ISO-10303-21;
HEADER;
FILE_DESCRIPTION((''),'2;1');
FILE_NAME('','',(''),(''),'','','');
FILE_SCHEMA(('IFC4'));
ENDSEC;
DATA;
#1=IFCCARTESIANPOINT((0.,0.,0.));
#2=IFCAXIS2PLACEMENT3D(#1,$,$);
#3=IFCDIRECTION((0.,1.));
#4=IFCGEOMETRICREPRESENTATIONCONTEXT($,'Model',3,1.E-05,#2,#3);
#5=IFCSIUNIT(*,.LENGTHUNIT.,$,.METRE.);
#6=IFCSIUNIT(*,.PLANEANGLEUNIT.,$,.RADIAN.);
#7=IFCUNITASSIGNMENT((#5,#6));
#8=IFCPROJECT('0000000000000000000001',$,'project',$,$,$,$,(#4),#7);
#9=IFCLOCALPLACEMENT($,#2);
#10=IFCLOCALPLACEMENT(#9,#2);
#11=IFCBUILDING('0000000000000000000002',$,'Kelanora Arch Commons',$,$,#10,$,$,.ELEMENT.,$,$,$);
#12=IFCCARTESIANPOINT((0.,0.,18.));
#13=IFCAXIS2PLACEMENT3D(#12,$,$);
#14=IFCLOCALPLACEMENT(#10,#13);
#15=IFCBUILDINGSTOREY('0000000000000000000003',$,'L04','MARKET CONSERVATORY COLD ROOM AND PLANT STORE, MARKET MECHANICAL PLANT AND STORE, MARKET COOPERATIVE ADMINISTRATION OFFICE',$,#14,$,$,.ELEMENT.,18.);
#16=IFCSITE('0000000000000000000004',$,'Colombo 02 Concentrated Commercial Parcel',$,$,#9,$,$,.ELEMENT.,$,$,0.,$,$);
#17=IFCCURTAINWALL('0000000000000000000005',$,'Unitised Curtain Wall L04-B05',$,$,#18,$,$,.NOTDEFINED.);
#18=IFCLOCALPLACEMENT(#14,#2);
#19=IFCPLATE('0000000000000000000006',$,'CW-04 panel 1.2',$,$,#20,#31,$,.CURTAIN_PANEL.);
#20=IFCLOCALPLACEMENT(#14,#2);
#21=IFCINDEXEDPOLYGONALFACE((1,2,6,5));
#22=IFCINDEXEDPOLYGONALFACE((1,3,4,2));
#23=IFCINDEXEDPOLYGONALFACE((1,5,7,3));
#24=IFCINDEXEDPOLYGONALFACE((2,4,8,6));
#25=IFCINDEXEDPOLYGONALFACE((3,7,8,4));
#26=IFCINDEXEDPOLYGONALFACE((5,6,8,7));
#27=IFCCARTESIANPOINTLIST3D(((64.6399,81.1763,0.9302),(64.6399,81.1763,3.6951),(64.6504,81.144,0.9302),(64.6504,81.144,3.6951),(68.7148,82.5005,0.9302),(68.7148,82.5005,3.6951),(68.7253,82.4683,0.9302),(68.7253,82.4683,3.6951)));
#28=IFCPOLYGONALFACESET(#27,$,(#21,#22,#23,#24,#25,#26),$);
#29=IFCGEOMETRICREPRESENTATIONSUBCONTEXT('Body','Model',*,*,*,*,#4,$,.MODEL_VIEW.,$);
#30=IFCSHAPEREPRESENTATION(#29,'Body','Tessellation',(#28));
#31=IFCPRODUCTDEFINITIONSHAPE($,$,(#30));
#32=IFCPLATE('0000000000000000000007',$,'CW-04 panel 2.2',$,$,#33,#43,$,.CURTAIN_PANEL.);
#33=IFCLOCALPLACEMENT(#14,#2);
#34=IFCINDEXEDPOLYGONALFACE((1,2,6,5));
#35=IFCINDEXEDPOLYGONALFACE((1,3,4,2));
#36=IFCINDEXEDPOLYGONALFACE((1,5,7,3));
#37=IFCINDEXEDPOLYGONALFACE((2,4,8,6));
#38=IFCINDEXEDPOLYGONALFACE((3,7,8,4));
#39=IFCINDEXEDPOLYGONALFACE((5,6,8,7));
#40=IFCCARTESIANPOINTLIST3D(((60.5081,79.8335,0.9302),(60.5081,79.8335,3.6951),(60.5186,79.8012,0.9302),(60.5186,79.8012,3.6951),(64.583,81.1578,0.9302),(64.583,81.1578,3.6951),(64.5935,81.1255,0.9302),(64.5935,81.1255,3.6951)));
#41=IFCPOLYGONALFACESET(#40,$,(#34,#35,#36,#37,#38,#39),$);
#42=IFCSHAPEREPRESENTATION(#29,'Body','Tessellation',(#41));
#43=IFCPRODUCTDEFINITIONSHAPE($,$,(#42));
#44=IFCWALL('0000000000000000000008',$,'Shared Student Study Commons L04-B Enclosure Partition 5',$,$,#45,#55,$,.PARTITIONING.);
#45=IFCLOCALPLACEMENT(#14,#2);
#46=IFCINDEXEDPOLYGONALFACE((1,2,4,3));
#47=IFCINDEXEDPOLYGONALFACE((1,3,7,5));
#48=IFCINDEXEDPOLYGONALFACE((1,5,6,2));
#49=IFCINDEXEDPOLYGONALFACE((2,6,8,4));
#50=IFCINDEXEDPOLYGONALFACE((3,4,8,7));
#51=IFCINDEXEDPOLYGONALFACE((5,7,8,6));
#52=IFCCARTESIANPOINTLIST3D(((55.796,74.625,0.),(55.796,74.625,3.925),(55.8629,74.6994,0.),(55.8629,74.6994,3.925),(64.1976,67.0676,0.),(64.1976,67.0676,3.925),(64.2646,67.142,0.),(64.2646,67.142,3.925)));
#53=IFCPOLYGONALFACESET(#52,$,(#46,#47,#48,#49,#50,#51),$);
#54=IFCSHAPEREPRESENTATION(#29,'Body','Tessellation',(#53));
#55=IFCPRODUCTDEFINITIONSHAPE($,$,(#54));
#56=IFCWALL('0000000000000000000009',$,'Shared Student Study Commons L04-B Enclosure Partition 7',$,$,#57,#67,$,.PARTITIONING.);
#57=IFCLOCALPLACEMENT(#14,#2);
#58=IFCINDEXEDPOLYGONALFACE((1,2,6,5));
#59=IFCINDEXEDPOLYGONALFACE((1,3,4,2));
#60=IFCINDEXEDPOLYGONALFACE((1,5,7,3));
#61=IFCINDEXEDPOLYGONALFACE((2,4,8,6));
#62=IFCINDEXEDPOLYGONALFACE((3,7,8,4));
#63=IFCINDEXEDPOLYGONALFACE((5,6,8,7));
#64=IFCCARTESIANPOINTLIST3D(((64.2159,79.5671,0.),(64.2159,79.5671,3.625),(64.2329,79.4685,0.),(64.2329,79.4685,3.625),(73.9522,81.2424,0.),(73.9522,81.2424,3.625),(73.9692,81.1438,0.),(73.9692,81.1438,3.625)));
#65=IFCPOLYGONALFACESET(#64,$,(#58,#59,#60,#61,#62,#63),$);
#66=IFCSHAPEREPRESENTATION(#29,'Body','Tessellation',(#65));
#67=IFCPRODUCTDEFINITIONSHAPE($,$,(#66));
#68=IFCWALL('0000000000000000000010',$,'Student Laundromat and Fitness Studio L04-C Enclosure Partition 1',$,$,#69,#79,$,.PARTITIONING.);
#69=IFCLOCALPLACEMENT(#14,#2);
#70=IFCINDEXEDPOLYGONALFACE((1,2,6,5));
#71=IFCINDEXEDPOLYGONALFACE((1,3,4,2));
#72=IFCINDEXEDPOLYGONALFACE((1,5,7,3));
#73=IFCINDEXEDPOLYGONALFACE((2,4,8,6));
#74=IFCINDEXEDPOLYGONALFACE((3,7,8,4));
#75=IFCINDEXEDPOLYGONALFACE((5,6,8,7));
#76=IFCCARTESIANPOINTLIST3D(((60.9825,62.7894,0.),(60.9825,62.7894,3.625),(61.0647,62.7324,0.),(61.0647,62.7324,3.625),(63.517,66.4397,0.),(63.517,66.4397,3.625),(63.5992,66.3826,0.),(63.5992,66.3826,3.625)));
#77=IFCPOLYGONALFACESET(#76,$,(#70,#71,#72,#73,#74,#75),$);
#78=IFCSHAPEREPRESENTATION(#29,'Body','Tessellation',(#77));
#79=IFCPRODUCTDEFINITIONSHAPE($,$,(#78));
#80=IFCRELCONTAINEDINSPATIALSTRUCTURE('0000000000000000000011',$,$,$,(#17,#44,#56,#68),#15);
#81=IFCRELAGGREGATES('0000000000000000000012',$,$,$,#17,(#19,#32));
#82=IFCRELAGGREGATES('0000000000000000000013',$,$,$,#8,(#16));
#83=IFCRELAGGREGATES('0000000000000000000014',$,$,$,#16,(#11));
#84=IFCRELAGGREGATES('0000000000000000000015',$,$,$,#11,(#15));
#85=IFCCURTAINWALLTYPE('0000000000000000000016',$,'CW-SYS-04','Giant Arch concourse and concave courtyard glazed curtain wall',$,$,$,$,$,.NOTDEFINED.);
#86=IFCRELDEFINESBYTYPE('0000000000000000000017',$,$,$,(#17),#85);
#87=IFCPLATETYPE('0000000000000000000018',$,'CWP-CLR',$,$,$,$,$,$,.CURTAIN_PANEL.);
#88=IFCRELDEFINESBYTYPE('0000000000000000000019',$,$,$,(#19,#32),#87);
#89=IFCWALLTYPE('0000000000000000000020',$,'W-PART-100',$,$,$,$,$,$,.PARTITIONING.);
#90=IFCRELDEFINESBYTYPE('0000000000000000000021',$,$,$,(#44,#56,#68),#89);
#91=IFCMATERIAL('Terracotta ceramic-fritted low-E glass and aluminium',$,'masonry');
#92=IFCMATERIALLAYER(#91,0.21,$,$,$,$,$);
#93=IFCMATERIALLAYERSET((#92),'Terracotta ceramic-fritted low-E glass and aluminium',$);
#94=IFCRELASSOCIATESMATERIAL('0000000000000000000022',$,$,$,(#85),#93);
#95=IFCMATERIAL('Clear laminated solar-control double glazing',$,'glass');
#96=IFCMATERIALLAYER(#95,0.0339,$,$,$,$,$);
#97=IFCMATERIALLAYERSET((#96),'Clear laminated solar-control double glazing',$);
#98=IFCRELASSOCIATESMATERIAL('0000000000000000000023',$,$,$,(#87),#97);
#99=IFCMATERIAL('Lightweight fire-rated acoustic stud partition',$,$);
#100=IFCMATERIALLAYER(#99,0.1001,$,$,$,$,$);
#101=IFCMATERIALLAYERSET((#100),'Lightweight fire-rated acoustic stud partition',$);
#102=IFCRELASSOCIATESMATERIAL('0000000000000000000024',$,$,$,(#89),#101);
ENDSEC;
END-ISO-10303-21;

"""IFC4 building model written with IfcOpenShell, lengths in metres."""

from ifc_helpers import new_model, si_unit, direction, frame, frame_2d, origin, origin_2d, place, context, subcontext, project, spatial, rectangle, extrude, source, transform, mapped, material, layer, layer_set, type_object, element, aggregate, save


model = new_model("IFC4")

# Units and contexts
model_context = context("Model", 3, precision=1e-05, world=origin(), true_north=direction((0.0, 1.0)))
body_context = subcontext(model_context, "Body", "Model", "MODEL_VIEW")
ifc_project = project(units=[si_unit("LENGTHUNIT", "METRE"), si_unit("PLANEANGLEUNIT", "RADIAN")], contexts=[model_context])

# Site, building, storey
site_placement = place(None, origin())
site = spatial("IfcSite", under=ifc_project, at=site_placement, Name="Colombo 02 Concentrated Commercial Parcel", CompositionType="ELEMENT", RefElevation=0.0)
building_placement = place(site_placement, origin())
building = spatial("IfcBuilding", under=site, at=building_placement, Name="Kelanora Arch Commons", CompositionType="ELEMENT")
storey_placement = place(building_placement, frame((0.0, 0.0, 18.0)))
storey = spatial("IfcBuildingStorey", under=building, at=storey_placement, Name="L04", Description="MARKET CONSERVATORY COLD ROOM AND PLANT STORE, MARKET MECHANICAL PLANT AND STORE, MARKET COOPERATIVE ADMINISTRATION OFFICE", CompositionType="ELEMENT", Elevation=18.0)

# Curtain wall, plates
ifc_material_1 = material(Name="Terracotta ceramic-fritted low-E glass and aluminium", Category="masonry")
ifc_layer_1 = layer(ifc_material_1, 0.21)
ifc_layer_set_1 = layer_set([ifc_layer_1], Name="Terracotta ceramic-fritted low-E glass and aluminium")
curtain_wall_type = type_object("IfcCurtainWallType", Name="CW-SYS-04", Description="Giant Arch concourse and concave courtyard glazed curtain wall", PredefinedType="NOTDEFINED", material=ifc_layer_set_1)
curtain_wall_placement = place(storey_placement, origin())
curtain_wall = element("IfcCurtainWall", 1, at=curtain_wall_placement, inside=storey, type_object=curtain_wall_type, Name="Unitised Curtain Wall L04-B05", PredefinedType="NOTDEFINED")
ifc_material_2 = material(Name="Clear laminated solar-control double glazing", Category="glass")
ifc_layer_2 = layer(ifc_material_2, 0.0339)
ifc_layer_set_2 = layer_set([ifc_layer_2], Name="Clear laminated solar-control double glazing")
plate_type = type_object("IfcPlateType", Name="CWP-CLR", PredefinedType="CURTAIN_PANEL", material=ifc_layer_set_2)
shared_shape_1 = source(origin(), body_context, "Body", "SweptSolid", [
    extrude(rectangle(XDim=4.2847, YDim=0.0339, at=origin_2d()), origin(), (0.0, 0.0, 1.0), 2.7649),
])
plate_1_placement = place(storey_placement, frame((66.6826, 81.8223, 0.9302), z_axis=(0.0, 0.0, 1.0), x_axis=(-0.951039, -0.30907, 0.0)))
plate_1 = element("IfcPlate", 2, at=plate_1_placement, type_object=plate_type, Name="CW-04 panel 1.2", PredefinedType="CURTAIN_PANEL", context=body_context, shape_type="MappedRepresentation", body=[
    mapped(shared_shape_1, transform((0.0, 0.0, 0.0), scale=1.0)),
])
plate_2_placement = place(storey_placement, frame((62.5508, 80.4795, 0.9302), z_axis=(0.0, 0.0, 1.0), x_axis=(-0.951039, -0.30907, 0.0)))
plate_2 = element("IfcPlate", 3, at=plate_2_placement, type_object=plate_type, Name="CW-04 panel 2.2", PredefinedType="CURTAIN_PANEL", context=body_context, shape_type="MappedRepresentation", body=[
    mapped(shared_shape_1, transform((0.0, 0.0, 0.0), scale=1.0)),
])
aggregate(curtain_wall, [plate_1, plate_2])

# Walls
ifc_material_3 = material(Name="Lightweight fire-rated acoustic stud partition")
ifc_layer_3 = layer(ifc_material_3, 0.1001)
ifc_layer_set_3 = layer_set([ifc_layer_3], Name="Lightweight fire-rated acoustic stud partition")
wall_type = type_object("IfcWallType", Name="W-PART-100", PredefinedType="PARTITIONING", material=ifc_layer_set_3)
wall_1_placement = place(storey_placement, frame((64.2312, 67.1047, 0.0), z_axis=(0.0, 0.0, 1.0), x_axis=(-0.743474, 0.668765, 0.0)))
element("IfcWall", 4, at=wall_1_placement, inside=storey, type_object=wall_type, Name="Shared Student Study Commons L04-B Enclosure Partition 5", PredefinedType="PARTITIONING", context=body_context, shape_type="SweptSolid", body=[
    extrude(rectangle(XDim=11.3005, YDim=0.1001, at=frame_2d((5.6504, 0.0))), origin(), (0.0, 0.0, 1.0), 3.925),
])
wall_2_placement = place(storey_placement, frame((64.2244, 79.5178, 0.0), z_axis=(0.0, 0.0, 1.0), x_axis=(0.985517, 0.169574, 0.0)))
element("IfcWall", 5, at=wall_2_placement, inside=storey, type_object=wall_type, Name="Shared Student Study Commons L04-B Enclosure Partition 7", PredefinedType="PARTITIONING", context=body_context, shape_type="SweptSolid", body=[
    extrude(rectangle(XDim=9.8794, YDim=0.1001, at=frame_2d((4.9397, 0.0))), origin(), (0.0, 0.0, 1.0), 3.625),
])
wall_3_placement = place(storey_placement, frame((63.5581, 66.4111, 0.0), z_axis=(0.0, 0.0, 1.0), x_axis=(-0.570335, -0.821412, 0.0)))
element("IfcWall", 6, at=wall_3_placement, inside=storey, type_object=wall_type, Name="Student Laundromat and Fitness Studio L04-C Enclosure Partition 1", PredefinedType="PARTITIONING", context=body_context, shape_type="SweptSolid", body=[
    extrude(rectangle(XDim=4.4438, YDim=0.1001, at=frame_2d((2.2219, 0.0))), origin(), (0.0, 0.0, 1.0), 3.625),
])

save(model, "model.ifc")
